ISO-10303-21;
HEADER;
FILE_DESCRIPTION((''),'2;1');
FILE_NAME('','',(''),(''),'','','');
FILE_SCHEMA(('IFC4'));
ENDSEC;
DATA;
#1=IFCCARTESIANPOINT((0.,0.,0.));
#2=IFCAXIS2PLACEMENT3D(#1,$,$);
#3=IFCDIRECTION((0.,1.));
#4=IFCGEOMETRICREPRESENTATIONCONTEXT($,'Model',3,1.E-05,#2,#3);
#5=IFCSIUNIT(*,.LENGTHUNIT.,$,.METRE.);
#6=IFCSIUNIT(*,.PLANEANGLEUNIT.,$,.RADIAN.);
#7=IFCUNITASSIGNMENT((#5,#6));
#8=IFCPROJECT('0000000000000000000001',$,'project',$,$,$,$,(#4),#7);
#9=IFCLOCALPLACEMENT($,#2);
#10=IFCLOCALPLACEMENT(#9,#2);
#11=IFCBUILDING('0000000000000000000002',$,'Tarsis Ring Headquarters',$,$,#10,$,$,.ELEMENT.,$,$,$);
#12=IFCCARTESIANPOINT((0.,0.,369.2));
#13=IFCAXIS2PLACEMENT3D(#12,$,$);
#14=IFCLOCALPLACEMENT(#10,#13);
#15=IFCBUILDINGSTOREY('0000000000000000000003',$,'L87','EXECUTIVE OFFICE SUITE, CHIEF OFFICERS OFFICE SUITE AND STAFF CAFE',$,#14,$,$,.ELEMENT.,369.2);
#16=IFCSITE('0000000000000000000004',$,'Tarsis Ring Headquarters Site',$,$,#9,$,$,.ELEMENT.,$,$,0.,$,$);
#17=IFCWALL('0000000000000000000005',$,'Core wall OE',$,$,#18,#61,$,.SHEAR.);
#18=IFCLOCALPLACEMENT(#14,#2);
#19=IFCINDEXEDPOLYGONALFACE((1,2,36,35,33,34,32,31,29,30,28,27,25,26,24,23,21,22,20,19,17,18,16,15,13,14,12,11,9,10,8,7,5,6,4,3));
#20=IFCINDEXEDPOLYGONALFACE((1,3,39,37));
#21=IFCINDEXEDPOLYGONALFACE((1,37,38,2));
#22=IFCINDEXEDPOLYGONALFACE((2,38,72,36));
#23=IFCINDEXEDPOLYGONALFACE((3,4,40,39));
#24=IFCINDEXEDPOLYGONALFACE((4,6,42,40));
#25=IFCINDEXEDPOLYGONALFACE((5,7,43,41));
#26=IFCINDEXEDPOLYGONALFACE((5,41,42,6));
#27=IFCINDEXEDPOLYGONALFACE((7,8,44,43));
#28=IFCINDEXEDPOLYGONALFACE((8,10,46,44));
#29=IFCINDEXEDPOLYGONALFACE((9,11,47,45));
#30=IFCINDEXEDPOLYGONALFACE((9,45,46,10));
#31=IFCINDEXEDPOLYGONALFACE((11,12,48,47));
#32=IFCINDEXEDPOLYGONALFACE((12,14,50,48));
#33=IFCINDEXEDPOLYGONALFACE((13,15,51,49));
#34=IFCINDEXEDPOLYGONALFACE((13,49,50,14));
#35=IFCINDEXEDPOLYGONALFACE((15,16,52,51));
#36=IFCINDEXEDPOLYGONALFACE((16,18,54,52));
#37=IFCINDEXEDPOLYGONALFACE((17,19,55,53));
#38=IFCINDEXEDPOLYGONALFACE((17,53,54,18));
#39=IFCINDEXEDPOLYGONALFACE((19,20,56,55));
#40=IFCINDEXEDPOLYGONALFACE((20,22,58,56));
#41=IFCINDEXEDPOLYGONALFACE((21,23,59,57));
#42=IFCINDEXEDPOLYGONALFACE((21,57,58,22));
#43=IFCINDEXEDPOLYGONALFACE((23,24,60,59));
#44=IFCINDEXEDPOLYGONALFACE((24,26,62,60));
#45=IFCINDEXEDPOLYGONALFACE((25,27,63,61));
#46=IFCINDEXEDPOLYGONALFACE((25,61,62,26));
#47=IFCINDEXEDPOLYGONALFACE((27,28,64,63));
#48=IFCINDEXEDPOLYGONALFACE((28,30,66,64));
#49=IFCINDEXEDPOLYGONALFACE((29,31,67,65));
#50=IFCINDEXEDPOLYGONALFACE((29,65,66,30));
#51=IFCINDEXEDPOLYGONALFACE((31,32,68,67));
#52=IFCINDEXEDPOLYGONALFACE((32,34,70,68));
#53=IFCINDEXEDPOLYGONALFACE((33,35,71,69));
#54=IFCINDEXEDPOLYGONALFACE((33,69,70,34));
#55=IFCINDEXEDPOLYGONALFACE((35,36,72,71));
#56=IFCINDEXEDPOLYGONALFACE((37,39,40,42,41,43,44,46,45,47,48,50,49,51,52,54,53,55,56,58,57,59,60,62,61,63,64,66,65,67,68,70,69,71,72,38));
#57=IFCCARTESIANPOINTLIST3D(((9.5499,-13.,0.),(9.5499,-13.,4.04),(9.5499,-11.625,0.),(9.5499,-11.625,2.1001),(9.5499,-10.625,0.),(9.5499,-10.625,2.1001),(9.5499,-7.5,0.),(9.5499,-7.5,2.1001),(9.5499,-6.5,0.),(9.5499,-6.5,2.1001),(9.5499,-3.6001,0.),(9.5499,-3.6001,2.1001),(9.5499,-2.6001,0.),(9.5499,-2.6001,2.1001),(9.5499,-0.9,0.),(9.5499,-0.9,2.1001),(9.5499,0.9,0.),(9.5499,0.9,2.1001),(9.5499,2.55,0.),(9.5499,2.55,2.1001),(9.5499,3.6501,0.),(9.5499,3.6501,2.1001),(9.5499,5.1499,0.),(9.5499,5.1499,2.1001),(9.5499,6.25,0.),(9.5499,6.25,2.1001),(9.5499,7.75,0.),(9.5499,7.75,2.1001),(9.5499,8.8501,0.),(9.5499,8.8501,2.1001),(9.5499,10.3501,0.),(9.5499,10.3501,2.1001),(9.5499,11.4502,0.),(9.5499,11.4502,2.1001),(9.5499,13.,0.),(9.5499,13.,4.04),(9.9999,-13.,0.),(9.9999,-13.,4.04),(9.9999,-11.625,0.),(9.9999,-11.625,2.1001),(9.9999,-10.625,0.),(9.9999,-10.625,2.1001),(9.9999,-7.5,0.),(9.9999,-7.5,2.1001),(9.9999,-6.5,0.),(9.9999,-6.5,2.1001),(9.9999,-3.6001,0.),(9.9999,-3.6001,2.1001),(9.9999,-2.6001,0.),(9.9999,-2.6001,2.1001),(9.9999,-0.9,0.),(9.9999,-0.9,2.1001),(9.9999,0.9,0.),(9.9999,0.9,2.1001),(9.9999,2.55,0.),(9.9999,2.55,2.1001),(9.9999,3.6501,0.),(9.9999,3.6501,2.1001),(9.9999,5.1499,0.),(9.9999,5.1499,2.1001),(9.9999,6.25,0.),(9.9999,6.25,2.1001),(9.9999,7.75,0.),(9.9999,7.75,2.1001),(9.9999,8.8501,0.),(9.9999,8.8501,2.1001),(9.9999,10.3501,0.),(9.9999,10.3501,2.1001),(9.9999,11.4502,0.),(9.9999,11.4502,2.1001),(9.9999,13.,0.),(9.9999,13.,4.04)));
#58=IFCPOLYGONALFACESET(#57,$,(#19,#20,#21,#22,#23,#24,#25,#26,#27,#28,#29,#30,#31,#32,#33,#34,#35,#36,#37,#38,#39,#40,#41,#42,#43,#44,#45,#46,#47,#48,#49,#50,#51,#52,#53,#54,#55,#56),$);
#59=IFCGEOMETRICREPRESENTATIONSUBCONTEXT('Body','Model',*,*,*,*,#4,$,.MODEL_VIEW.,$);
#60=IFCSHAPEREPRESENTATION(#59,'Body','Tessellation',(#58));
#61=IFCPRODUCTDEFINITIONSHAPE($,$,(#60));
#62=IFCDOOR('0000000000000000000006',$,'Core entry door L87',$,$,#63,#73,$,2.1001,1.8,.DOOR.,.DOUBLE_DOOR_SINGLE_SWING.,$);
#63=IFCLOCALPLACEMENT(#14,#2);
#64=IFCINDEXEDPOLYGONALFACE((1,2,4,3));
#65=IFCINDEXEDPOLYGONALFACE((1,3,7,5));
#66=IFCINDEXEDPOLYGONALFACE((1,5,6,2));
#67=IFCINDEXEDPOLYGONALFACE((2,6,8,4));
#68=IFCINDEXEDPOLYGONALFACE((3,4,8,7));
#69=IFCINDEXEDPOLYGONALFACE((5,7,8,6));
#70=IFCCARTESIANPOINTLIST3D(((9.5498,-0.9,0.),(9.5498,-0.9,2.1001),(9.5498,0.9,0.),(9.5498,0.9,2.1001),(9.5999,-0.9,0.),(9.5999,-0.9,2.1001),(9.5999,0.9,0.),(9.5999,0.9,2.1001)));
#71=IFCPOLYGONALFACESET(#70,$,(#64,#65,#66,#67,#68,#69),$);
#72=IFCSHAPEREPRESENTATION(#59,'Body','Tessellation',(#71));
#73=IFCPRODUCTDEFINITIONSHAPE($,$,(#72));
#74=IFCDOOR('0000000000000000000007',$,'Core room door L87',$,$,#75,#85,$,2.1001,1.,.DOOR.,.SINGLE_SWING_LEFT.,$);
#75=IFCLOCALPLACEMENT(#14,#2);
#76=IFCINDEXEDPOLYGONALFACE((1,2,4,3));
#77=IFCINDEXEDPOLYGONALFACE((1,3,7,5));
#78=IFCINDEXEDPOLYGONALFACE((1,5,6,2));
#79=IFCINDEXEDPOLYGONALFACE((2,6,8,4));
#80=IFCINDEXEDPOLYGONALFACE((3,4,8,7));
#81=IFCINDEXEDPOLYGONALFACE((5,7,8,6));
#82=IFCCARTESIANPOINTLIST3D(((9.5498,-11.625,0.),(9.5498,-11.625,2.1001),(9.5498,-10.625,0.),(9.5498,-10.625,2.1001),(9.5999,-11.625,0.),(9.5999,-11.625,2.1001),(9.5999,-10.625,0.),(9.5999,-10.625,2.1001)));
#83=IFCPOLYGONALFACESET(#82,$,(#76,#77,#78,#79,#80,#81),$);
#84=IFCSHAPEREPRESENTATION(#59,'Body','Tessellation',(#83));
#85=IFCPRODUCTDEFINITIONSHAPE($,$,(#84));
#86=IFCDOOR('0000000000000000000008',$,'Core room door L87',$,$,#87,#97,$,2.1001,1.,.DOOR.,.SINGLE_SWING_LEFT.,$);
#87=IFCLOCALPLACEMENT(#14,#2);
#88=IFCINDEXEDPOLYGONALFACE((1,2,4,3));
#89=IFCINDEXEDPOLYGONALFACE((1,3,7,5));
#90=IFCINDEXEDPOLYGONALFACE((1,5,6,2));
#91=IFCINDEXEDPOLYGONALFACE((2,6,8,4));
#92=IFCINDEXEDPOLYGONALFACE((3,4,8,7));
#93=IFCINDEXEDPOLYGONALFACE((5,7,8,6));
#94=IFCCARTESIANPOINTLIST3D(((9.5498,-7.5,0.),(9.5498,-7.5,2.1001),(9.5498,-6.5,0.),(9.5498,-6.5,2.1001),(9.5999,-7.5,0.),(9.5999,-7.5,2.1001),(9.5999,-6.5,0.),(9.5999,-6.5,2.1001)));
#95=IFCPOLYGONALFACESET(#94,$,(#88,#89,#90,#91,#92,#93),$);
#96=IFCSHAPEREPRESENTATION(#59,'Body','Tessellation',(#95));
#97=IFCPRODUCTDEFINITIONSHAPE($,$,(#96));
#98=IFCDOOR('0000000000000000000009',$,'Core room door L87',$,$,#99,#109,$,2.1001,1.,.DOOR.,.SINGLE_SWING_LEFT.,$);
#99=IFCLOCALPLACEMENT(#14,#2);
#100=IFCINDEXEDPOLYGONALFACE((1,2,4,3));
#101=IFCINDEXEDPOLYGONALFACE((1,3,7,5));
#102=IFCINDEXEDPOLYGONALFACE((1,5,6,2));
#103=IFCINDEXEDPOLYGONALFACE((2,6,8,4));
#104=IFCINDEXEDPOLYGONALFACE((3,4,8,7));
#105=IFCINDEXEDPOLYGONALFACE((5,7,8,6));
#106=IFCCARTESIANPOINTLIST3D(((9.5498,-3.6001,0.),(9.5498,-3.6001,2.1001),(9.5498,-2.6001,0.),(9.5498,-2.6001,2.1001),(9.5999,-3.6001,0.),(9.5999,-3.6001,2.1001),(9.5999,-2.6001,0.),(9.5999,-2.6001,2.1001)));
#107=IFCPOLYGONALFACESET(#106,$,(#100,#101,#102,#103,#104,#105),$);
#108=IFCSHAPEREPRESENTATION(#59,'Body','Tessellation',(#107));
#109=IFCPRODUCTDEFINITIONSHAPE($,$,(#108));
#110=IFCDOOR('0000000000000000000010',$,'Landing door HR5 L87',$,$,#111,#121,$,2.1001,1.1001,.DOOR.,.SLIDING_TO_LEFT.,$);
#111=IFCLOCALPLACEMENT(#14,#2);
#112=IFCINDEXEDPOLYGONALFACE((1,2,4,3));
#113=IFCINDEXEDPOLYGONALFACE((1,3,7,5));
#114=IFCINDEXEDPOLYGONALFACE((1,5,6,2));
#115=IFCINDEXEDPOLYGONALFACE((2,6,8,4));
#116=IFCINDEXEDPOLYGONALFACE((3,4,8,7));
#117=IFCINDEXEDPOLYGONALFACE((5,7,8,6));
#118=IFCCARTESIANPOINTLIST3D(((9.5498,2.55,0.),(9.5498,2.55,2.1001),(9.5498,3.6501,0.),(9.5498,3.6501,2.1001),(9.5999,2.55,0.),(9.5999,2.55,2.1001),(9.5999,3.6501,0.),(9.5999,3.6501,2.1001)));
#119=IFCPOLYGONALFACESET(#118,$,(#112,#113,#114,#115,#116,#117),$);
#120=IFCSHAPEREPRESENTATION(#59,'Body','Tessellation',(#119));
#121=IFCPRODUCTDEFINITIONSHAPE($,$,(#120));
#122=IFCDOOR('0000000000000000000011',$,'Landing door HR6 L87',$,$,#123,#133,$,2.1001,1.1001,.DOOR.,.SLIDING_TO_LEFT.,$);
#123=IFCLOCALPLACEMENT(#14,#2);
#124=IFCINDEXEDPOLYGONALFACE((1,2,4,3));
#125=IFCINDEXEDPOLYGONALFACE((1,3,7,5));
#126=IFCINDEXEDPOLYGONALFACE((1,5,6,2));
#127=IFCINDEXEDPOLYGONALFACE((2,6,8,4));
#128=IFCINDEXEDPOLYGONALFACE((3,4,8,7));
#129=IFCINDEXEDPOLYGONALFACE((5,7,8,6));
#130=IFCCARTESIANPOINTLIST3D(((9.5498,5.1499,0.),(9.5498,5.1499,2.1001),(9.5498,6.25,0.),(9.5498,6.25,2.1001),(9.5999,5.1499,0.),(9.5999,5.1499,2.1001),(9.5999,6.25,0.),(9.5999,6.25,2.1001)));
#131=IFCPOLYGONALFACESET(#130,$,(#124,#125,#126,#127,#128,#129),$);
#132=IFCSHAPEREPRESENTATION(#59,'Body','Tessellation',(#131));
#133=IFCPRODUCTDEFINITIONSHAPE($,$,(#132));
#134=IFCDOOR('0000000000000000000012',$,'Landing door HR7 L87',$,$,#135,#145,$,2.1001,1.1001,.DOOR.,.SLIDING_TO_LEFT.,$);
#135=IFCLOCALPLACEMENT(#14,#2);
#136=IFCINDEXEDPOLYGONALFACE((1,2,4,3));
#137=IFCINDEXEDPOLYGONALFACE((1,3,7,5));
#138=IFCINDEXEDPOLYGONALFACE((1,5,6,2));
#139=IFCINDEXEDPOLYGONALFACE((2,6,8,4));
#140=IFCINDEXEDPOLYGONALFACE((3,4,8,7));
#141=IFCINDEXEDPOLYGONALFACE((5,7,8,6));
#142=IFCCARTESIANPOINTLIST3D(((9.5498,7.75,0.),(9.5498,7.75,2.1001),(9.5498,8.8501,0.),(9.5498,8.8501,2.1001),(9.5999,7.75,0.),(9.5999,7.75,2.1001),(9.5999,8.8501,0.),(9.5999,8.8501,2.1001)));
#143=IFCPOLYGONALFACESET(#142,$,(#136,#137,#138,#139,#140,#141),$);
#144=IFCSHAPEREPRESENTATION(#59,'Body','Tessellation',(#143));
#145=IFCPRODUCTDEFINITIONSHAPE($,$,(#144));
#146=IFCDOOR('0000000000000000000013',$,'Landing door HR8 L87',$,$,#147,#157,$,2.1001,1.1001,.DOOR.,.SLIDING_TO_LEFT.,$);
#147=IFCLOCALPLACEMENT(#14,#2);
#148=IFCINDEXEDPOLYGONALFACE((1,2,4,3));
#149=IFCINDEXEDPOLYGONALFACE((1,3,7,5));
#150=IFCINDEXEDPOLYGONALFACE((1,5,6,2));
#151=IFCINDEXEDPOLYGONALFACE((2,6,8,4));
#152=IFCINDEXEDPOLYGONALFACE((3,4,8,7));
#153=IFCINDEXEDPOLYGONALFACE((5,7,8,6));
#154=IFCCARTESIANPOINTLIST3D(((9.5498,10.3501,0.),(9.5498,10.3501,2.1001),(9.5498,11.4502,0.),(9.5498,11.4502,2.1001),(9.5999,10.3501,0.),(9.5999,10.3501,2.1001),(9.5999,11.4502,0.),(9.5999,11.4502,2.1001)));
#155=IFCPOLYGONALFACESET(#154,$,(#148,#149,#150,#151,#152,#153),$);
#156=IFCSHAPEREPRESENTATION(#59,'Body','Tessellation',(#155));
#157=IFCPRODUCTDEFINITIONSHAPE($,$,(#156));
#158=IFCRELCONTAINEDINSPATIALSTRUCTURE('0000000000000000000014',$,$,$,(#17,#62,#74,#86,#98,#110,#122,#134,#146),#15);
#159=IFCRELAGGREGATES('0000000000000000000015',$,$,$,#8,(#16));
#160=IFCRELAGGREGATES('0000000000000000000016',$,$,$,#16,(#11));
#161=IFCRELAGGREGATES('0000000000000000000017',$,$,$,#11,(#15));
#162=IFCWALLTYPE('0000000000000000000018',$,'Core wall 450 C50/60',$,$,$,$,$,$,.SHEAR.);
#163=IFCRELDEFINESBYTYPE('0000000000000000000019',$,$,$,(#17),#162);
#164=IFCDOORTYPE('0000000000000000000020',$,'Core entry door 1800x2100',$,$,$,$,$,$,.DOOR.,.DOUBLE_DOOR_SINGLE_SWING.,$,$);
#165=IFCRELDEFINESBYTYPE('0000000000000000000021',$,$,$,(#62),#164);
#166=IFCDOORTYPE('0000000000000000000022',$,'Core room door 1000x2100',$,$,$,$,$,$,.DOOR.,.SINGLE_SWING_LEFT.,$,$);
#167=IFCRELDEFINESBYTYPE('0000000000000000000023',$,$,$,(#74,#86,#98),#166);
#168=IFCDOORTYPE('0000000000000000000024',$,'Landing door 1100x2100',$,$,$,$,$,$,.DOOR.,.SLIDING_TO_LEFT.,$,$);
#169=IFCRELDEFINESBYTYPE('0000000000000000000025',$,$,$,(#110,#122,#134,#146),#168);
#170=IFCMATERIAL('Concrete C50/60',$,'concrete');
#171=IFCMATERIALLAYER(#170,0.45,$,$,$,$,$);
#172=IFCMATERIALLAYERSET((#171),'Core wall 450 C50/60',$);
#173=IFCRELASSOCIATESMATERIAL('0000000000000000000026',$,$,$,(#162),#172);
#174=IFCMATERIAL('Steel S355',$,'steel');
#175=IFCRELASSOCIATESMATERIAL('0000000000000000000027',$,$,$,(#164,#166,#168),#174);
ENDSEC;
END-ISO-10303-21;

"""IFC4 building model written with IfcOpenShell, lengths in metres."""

from ifc_helpers import new_model, si_unit, direction, frame, frame_2d, origin, place, context, subcontext, project, spatial, rectangle, extrude, material, layer, layer_set, type_object, element, fill, save


model = new_model("IFC4")

# Units and contexts
model_context = context("Model", 3, precision=1e-05, world=origin(), true_north=direction((0.0, 1.0)))
body_context = subcontext(model_context, "Body", "Model", "MODEL_VIEW")
ifc_project = project(units=[si_unit("LENGTHUNIT", "METRE"), si_unit("PLANEANGLEUNIT", "RADIAN")], contexts=[model_context])

# Site, building, storey
site_placement = place(None, origin())
site = spatial("IfcSite", under=ifc_project, at=site_placement, Name="Tarsis Ring Headquarters Site", CompositionType="ELEMENT", RefElevation=0.0)
building_placement = place(site_placement, origin())
building = spatial("IfcBuilding", under=site, at=building_placement, Name="Tarsis Ring Headquarters", CompositionType="ELEMENT")
storey_placement = place(building_placement, frame((0.0, 0.0, 369.2)))
storey = spatial("IfcBuildingStorey", under=building, at=storey_placement, Name="L87", Description="EXECUTIVE OFFICE SUITE, CHIEF OFFICERS OFFICE SUITE AND STAFF CAFE", CompositionType="ELEMENT", Elevation=369.2)

# Wall, openings, doors
ifc_material_1 = material(Name="Concrete C50/60", Category="concrete")
ifc_layer_1 = layer(ifc_material_1, 0.45)
ifc_layer_set_1 = layer_set([ifc_layer_1], Name="Core wall 450 C50/60")
wall_type_1 = type_object("IfcWallType", Name="Core wall 450 C50/60", PredefinedType="SHEAR", material=ifc_layer_set_1)
wall_1_placement = place(storey_placement, frame((9.7749, -13.0, 0.0), z_axis=(0.0, 0.0, 1.0), x_axis=(0.0, 1.0, 0.0)))
wall_1 = element("IfcWall", 1, at=wall_1_placement, inside=storey, type_object=wall_type_1, Name="Core wall OE", PredefinedType="SHEAR", context=body_context, shape_type="SweptSolid", body=[
    extrude(rectangle(XDim=26.0, YDim=0.45, at=frame_2d((13.0, 0.0))), origin(), (0.0, 0.0, 1.0), 4.04),
])
opening_1_placement = place(wall_1_placement, frame((1.375, 0.0, 0.0)))
opening_1 = element("IfcOpeningElement", 2, at=opening_1_placement, cuts=wall_1, PredefinedType="OPENING", context=body_context, shape_type="SweptSolid", body=[
    extrude(rectangle(XDim=1.0, YDim=2.1001, at=frame_2d((0.5, 1.05))), frame((0.0, 0.2349, 0.0), z_axis=(0.0, -1.0, 0.0), x_axis=(1.0, 0.0, 0.0)), (0.0, 0.0, 1.0), 0.47),
])
opening_2_placement = place(wall_1_placement, frame((5.5, 0.0, 0.0)))
opening_2 = element("IfcOpeningElement", 3, at=opening_2_placement, cuts=wall_1, PredefinedType="OPENING", context=body_context, shape_type="SweptSolid", body=[
    extrude(rectangle(XDim=1.0, YDim=2.1001, at=frame_2d((0.5, 1.05))), frame((0.0, 0.2349, 0.0), z_axis=(0.0, -1.0, 0.0), x_axis=(1.0, 0.0, 0.0)), (0.0, 0.0, 1.0), 0.47),
])
opening_3_placement = place(wall_1_placement, frame((9.3999, 0.0, 0.0)))
opening_3 = element("IfcOpeningElement", 4, at=opening_3_placement, cuts=wall_1, PredefinedType="OPENING", context=body_context, shape_type="SweptSolid", body=[
    extrude(rectangle(XDim=1.0, YDim=2.1001, at=frame_2d((0.5, 1.05))), frame((0.0, 0.2349, 0.0), z_axis=(0.0, -1.0, 0.0), x_axis=(1.0, 0.0, 0.0)), (0.0, 0.0, 1.0), 0.47),
])
opening_4_placement = place(wall_1_placement, frame((12.1001, 0.0, 0.0)))
opening_4 = element("IfcOpeningElement", 5, at=opening_4_placement, cuts=wall_1, PredefinedType="OPENING", context=body_context, shape_type="SweptSolid", body=[
    extrude(rectangle(XDim=1.8, YDim=2.1001, at=frame_2d((0.8999, 1.05))), frame((0.0, 0.2349, 0.0), z_axis=(0.0, -1.0, 0.0), x_axis=(1.0, 0.0, 0.0)), (0.0, 0.0, 1.0), 0.47),
])
opening_5_placement = place(wall_1_placement, frame((15.55, 0.0, 0.0)))
opening_5 = element("IfcOpeningElement", 6, at=opening_5_placement, cuts=wall_1, PredefinedType="OPENING", context=body_context, shape_type="SweptSolid", body=[
    extrude(rectangle(XDim=1.1001, YDim=2.1001, at=frame_2d((0.55, 1.05))), frame((0.0, 0.2349, 0.0), z_axis=(0.0, -1.0, 0.0), x_axis=(1.0, 0.0, 0.0)), (0.0, 0.0, 1.0), 0.47),
])
opening_6_placement = place(wall_1_placement, frame((18.1499, 0.0, 0.0)))
opening_6 = element("IfcOpeningElement", 7, at=opening_6_placement, cuts=wall_1, PredefinedType="OPENING", context=body_context, shape_type="SweptSolid", body=[
    extrude(rectangle(XDim=1.1001, YDim=2.1001, at=frame_2d((0.55, 1.05))), frame((0.0, 0.2349, 0.0), z_axis=(0.0, -1.0, 0.0), x_axis=(1.0, 0.0, 0.0)), (0.0, 0.0, 1.0), 0.47),
])
opening_7_placement = place(wall_1_placement, frame((20.75, 0.0, 0.0)))
opening_7 = element("IfcOpeningElement", 8, at=opening_7_placement, cuts=wall_1, PredefinedType="OPENING", context=body_context, shape_type="SweptSolid", body=[
    extrude(rectangle(XDim=1.1001, YDim=2.1001, at=frame_2d((0.55, 1.05))), frame((0.0, 0.2349, 0.0), z_axis=(0.0, -1.0, 0.0), x_axis=(1.0, 0.0, 0.0)), (0.0, 0.0, 1.0), 0.47),
])
opening_8_placement = place(wall_1_placement, frame((23.3501, 0.0, 0.0)))
opening_8 = element("IfcOpeningElement", 9, at=opening_8_placement, cuts=wall_1, PredefinedType="OPENING", context=body_context, shape_type="SweptSolid", body=[
    extrude(rectangle(XDim=1.1001, YDim=2.1001, at=frame_2d((0.55, 1.05))), frame((0.0, 0.2349, 0.0), z_axis=(0.0, -1.0, 0.0), x_axis=(1.0, 0.0, 0.0)), (0.0, 0.0, 1.0), 0.47),
])
ifc_material_2 = material(Name="Steel S355", Category="steel")
door_type_1 = type_object("IfcDoorType", Name="Core entry door 1800x2100", OperationType="DOUBLE_DOOR_SINGLE_SWING", PredefinedType="DOOR", material=ifc_material_2)
door_1_placement = place(opening_4_placement, origin())
door_1 = element("IfcDoor", 10, at=door_1_placement, inside=storey, type_object=door_type_1, Name="Core entry door L87", OperationType="DOUBLE_DOOR_SINGLE_SWING", OverallHeight=2.1001, OverallWidth=1.8, PredefinedType="DOOR", context=body_context, shape_type="SweptSolid", body=[
    extrude(rectangle(XDim=1.8, YDim=2.1001, at=frame_2d((0.8999, 1.05))), frame((0.0, 0.2251, 0.0), z_axis=(0.0, -1.0, 0.0), x_axis=(1.0, 0.0, 0.0)), (0.0, 0.0, 1.0), 0.05),
])
fill(opening_4, door_1)
door_type_2 = type_object("IfcDoorType", Name="Core room door 1000x2100", OperationType="SINGLE_SWING_LEFT", PredefinedType="DOOR", material=ifc_material_2)
door_2_placement = place(opening_1_placement, origin())
door_2 = element("IfcDoor", 11, at=door_2_placement, inside=storey, type_object=door_type_2, Name="Core room door L87", OperationType="SINGLE_SWING_LEFT", OverallHeight=2.1001, OverallWidth=1.0, PredefinedType="DOOR", context=body_context, shape_type="SweptSolid", body=[
    extrude(rectangle(XDim=1.0, YDim=2.1001, at=frame_2d((0.5, 1.05))), frame((0.0, 0.2251, 0.0), z_axis=(0.0, -1.0, 0.0), x_axis=(1.0, 0.0, 0.0)), (0.0, 0.0, 1.0), 0.05),
])
fill(opening_1, door_2)
door_3_placement = place(opening_2_placement, origin())
door_3 = element("IfcDoor", 12, at=door_3_placement, inside=storey, type_object=door_type_2, Name="Core room door L87", OperationType="SINGLE_SWING_LEFT", OverallHeight=2.1001, OverallWidth=1.0, PredefinedType="DOOR", context=body_context, shape_type="SweptSolid", body=[
    extrude(rectangle(XDim=1.0, YDim=2.1001, at=frame_2d((0.5, 1.05))), frame((0.0, 0.2251, 0.0), z_axis=(0.0, -1.0, 0.0), x_axis=(1.0, 0.0, 0.0)), (0.0, 0.0, 1.0), 0.05),
])
fill(opening_2, door_3)
door_4_placement = place(opening_3_placement, origin())
door_4 = element("IfcDoor", 13, at=door_4_placement, inside=storey, type_object=door_type_2, Name="Core room door L87", OperationType="SINGLE_SWING_LEFT", OverallHeight=2.1001, OverallWidth=1.0, PredefinedType="DOOR", context=body_context, shape_type="SweptSolid", body=[
    extrude(rectangle(XDim=1.0, YDim=2.1001, at=frame_2d((0.5, 1.05))), frame((0.0, 0.2251, 0.0), z_axis=(0.0, -1.0, 0.0), x_axis=(1.0, 0.0, 0.0)), (0.0, 0.0, 1.0), 0.05),
])
fill(opening_3, door_4)
door_type_3 = type_object("IfcDoorType", Name="Landing door 1100x2100", OperationType="SLIDING_TO_LEFT", PredefinedType="DOOR", material=ifc_material_2)
door_5_placement = place(opening_5_placement, origin())
door_5 = element("IfcDoor", 14, at=door_5_placement, inside=storey, type_object=door_type_3, Name="Landing door HR5 L87", OperationType="SLIDING_TO_LEFT", OverallHeight=2.1001, OverallWidth=1.1001, PredefinedType="DOOR", context=body_context, shape_type="SweptSolid", body=[
    extrude(rectangle(XDim=1.1001, YDim=2.1001, at=frame_2d((0.55, 1.05))), frame((0.0, 0.2251, 0.0), z_axis=(0.0, -1.0, 0.0), x_axis=(1.0, 0.0, 0.0)), (0.0, 0.0, 1.0), 0.05),
])
fill(opening_5, door_5)
door_6_placement = place(opening_6_placement, origin())
door_6 = element("IfcDoor", 15, at=door_6_placement, inside=storey, type_object=door_type_3, Name="Landing door HR6 L87", OperationType="SLIDING_TO_LEFT", OverallHeight=2.1001, OverallWidth=1.1001, PredefinedType="DOOR", context=body_context, shape_type="SweptSolid", body=[
    extrude(rectangle(XDim=1.1001, YDim=2.1001, at=frame_2d((0.55, 1.05))), frame((0.0, 0.2251, 0.0), z_axis=(0.0, -1.0, 0.0), x_axis=(1.0, 0.0, 0.0)), (0.0, 0.0, 1.0), 0.05),
])
fill(opening_6, door_6)
door_7_placement = place(opening_7_placement, origin())
door_7 = element("IfcDoor", 16, at=door_7_placement, inside=storey, type_object=door_type_3, Name="Landing door HR7 L87", OperationType="SLIDING_TO_LEFT", OverallHeight=2.1001, OverallWidth=1.1001, PredefinedType="DOOR", context=body_context, shape_type="SweptSolid", body=[
    extrude(rectangle(XDim=1.1001, YDim=2.1001, at=frame_2d((0.55, 1.05))), frame((0.0, 0.2251, 0.0), z_axis=(0.0, -1.0, 0.0), x_axis=(1.0, 0.0, 0.0)), (0.0, 0.0, 1.0), 0.05),
])
fill(opening_7, door_7)
door_8_placement = place(opening_8_placement, origin())
door_8 = element("IfcDoor", 17, at=door_8_placement, inside=storey, type_object=door_type_3, Name="Landing door HR8 L87", OperationType="SLIDING_TO_LEFT", OverallHeight=2.1001, OverallWidth=1.1001, PredefinedType="DOOR", context=body_context, shape_type="SweptSolid", body=[
    extrude(rectangle(XDim=1.1001, YDim=2.1001, at=frame_2d((0.55, 1.05))), frame((0.0, 0.2251, 0.0), z_axis=(0.0, -1.0, 0.0), x_axis=(1.0, 0.0, 0.0)), (0.0, 0.0, 1.0), 0.05),
])
fill(opening_8, door_8)

save(model, "model.ifc")
